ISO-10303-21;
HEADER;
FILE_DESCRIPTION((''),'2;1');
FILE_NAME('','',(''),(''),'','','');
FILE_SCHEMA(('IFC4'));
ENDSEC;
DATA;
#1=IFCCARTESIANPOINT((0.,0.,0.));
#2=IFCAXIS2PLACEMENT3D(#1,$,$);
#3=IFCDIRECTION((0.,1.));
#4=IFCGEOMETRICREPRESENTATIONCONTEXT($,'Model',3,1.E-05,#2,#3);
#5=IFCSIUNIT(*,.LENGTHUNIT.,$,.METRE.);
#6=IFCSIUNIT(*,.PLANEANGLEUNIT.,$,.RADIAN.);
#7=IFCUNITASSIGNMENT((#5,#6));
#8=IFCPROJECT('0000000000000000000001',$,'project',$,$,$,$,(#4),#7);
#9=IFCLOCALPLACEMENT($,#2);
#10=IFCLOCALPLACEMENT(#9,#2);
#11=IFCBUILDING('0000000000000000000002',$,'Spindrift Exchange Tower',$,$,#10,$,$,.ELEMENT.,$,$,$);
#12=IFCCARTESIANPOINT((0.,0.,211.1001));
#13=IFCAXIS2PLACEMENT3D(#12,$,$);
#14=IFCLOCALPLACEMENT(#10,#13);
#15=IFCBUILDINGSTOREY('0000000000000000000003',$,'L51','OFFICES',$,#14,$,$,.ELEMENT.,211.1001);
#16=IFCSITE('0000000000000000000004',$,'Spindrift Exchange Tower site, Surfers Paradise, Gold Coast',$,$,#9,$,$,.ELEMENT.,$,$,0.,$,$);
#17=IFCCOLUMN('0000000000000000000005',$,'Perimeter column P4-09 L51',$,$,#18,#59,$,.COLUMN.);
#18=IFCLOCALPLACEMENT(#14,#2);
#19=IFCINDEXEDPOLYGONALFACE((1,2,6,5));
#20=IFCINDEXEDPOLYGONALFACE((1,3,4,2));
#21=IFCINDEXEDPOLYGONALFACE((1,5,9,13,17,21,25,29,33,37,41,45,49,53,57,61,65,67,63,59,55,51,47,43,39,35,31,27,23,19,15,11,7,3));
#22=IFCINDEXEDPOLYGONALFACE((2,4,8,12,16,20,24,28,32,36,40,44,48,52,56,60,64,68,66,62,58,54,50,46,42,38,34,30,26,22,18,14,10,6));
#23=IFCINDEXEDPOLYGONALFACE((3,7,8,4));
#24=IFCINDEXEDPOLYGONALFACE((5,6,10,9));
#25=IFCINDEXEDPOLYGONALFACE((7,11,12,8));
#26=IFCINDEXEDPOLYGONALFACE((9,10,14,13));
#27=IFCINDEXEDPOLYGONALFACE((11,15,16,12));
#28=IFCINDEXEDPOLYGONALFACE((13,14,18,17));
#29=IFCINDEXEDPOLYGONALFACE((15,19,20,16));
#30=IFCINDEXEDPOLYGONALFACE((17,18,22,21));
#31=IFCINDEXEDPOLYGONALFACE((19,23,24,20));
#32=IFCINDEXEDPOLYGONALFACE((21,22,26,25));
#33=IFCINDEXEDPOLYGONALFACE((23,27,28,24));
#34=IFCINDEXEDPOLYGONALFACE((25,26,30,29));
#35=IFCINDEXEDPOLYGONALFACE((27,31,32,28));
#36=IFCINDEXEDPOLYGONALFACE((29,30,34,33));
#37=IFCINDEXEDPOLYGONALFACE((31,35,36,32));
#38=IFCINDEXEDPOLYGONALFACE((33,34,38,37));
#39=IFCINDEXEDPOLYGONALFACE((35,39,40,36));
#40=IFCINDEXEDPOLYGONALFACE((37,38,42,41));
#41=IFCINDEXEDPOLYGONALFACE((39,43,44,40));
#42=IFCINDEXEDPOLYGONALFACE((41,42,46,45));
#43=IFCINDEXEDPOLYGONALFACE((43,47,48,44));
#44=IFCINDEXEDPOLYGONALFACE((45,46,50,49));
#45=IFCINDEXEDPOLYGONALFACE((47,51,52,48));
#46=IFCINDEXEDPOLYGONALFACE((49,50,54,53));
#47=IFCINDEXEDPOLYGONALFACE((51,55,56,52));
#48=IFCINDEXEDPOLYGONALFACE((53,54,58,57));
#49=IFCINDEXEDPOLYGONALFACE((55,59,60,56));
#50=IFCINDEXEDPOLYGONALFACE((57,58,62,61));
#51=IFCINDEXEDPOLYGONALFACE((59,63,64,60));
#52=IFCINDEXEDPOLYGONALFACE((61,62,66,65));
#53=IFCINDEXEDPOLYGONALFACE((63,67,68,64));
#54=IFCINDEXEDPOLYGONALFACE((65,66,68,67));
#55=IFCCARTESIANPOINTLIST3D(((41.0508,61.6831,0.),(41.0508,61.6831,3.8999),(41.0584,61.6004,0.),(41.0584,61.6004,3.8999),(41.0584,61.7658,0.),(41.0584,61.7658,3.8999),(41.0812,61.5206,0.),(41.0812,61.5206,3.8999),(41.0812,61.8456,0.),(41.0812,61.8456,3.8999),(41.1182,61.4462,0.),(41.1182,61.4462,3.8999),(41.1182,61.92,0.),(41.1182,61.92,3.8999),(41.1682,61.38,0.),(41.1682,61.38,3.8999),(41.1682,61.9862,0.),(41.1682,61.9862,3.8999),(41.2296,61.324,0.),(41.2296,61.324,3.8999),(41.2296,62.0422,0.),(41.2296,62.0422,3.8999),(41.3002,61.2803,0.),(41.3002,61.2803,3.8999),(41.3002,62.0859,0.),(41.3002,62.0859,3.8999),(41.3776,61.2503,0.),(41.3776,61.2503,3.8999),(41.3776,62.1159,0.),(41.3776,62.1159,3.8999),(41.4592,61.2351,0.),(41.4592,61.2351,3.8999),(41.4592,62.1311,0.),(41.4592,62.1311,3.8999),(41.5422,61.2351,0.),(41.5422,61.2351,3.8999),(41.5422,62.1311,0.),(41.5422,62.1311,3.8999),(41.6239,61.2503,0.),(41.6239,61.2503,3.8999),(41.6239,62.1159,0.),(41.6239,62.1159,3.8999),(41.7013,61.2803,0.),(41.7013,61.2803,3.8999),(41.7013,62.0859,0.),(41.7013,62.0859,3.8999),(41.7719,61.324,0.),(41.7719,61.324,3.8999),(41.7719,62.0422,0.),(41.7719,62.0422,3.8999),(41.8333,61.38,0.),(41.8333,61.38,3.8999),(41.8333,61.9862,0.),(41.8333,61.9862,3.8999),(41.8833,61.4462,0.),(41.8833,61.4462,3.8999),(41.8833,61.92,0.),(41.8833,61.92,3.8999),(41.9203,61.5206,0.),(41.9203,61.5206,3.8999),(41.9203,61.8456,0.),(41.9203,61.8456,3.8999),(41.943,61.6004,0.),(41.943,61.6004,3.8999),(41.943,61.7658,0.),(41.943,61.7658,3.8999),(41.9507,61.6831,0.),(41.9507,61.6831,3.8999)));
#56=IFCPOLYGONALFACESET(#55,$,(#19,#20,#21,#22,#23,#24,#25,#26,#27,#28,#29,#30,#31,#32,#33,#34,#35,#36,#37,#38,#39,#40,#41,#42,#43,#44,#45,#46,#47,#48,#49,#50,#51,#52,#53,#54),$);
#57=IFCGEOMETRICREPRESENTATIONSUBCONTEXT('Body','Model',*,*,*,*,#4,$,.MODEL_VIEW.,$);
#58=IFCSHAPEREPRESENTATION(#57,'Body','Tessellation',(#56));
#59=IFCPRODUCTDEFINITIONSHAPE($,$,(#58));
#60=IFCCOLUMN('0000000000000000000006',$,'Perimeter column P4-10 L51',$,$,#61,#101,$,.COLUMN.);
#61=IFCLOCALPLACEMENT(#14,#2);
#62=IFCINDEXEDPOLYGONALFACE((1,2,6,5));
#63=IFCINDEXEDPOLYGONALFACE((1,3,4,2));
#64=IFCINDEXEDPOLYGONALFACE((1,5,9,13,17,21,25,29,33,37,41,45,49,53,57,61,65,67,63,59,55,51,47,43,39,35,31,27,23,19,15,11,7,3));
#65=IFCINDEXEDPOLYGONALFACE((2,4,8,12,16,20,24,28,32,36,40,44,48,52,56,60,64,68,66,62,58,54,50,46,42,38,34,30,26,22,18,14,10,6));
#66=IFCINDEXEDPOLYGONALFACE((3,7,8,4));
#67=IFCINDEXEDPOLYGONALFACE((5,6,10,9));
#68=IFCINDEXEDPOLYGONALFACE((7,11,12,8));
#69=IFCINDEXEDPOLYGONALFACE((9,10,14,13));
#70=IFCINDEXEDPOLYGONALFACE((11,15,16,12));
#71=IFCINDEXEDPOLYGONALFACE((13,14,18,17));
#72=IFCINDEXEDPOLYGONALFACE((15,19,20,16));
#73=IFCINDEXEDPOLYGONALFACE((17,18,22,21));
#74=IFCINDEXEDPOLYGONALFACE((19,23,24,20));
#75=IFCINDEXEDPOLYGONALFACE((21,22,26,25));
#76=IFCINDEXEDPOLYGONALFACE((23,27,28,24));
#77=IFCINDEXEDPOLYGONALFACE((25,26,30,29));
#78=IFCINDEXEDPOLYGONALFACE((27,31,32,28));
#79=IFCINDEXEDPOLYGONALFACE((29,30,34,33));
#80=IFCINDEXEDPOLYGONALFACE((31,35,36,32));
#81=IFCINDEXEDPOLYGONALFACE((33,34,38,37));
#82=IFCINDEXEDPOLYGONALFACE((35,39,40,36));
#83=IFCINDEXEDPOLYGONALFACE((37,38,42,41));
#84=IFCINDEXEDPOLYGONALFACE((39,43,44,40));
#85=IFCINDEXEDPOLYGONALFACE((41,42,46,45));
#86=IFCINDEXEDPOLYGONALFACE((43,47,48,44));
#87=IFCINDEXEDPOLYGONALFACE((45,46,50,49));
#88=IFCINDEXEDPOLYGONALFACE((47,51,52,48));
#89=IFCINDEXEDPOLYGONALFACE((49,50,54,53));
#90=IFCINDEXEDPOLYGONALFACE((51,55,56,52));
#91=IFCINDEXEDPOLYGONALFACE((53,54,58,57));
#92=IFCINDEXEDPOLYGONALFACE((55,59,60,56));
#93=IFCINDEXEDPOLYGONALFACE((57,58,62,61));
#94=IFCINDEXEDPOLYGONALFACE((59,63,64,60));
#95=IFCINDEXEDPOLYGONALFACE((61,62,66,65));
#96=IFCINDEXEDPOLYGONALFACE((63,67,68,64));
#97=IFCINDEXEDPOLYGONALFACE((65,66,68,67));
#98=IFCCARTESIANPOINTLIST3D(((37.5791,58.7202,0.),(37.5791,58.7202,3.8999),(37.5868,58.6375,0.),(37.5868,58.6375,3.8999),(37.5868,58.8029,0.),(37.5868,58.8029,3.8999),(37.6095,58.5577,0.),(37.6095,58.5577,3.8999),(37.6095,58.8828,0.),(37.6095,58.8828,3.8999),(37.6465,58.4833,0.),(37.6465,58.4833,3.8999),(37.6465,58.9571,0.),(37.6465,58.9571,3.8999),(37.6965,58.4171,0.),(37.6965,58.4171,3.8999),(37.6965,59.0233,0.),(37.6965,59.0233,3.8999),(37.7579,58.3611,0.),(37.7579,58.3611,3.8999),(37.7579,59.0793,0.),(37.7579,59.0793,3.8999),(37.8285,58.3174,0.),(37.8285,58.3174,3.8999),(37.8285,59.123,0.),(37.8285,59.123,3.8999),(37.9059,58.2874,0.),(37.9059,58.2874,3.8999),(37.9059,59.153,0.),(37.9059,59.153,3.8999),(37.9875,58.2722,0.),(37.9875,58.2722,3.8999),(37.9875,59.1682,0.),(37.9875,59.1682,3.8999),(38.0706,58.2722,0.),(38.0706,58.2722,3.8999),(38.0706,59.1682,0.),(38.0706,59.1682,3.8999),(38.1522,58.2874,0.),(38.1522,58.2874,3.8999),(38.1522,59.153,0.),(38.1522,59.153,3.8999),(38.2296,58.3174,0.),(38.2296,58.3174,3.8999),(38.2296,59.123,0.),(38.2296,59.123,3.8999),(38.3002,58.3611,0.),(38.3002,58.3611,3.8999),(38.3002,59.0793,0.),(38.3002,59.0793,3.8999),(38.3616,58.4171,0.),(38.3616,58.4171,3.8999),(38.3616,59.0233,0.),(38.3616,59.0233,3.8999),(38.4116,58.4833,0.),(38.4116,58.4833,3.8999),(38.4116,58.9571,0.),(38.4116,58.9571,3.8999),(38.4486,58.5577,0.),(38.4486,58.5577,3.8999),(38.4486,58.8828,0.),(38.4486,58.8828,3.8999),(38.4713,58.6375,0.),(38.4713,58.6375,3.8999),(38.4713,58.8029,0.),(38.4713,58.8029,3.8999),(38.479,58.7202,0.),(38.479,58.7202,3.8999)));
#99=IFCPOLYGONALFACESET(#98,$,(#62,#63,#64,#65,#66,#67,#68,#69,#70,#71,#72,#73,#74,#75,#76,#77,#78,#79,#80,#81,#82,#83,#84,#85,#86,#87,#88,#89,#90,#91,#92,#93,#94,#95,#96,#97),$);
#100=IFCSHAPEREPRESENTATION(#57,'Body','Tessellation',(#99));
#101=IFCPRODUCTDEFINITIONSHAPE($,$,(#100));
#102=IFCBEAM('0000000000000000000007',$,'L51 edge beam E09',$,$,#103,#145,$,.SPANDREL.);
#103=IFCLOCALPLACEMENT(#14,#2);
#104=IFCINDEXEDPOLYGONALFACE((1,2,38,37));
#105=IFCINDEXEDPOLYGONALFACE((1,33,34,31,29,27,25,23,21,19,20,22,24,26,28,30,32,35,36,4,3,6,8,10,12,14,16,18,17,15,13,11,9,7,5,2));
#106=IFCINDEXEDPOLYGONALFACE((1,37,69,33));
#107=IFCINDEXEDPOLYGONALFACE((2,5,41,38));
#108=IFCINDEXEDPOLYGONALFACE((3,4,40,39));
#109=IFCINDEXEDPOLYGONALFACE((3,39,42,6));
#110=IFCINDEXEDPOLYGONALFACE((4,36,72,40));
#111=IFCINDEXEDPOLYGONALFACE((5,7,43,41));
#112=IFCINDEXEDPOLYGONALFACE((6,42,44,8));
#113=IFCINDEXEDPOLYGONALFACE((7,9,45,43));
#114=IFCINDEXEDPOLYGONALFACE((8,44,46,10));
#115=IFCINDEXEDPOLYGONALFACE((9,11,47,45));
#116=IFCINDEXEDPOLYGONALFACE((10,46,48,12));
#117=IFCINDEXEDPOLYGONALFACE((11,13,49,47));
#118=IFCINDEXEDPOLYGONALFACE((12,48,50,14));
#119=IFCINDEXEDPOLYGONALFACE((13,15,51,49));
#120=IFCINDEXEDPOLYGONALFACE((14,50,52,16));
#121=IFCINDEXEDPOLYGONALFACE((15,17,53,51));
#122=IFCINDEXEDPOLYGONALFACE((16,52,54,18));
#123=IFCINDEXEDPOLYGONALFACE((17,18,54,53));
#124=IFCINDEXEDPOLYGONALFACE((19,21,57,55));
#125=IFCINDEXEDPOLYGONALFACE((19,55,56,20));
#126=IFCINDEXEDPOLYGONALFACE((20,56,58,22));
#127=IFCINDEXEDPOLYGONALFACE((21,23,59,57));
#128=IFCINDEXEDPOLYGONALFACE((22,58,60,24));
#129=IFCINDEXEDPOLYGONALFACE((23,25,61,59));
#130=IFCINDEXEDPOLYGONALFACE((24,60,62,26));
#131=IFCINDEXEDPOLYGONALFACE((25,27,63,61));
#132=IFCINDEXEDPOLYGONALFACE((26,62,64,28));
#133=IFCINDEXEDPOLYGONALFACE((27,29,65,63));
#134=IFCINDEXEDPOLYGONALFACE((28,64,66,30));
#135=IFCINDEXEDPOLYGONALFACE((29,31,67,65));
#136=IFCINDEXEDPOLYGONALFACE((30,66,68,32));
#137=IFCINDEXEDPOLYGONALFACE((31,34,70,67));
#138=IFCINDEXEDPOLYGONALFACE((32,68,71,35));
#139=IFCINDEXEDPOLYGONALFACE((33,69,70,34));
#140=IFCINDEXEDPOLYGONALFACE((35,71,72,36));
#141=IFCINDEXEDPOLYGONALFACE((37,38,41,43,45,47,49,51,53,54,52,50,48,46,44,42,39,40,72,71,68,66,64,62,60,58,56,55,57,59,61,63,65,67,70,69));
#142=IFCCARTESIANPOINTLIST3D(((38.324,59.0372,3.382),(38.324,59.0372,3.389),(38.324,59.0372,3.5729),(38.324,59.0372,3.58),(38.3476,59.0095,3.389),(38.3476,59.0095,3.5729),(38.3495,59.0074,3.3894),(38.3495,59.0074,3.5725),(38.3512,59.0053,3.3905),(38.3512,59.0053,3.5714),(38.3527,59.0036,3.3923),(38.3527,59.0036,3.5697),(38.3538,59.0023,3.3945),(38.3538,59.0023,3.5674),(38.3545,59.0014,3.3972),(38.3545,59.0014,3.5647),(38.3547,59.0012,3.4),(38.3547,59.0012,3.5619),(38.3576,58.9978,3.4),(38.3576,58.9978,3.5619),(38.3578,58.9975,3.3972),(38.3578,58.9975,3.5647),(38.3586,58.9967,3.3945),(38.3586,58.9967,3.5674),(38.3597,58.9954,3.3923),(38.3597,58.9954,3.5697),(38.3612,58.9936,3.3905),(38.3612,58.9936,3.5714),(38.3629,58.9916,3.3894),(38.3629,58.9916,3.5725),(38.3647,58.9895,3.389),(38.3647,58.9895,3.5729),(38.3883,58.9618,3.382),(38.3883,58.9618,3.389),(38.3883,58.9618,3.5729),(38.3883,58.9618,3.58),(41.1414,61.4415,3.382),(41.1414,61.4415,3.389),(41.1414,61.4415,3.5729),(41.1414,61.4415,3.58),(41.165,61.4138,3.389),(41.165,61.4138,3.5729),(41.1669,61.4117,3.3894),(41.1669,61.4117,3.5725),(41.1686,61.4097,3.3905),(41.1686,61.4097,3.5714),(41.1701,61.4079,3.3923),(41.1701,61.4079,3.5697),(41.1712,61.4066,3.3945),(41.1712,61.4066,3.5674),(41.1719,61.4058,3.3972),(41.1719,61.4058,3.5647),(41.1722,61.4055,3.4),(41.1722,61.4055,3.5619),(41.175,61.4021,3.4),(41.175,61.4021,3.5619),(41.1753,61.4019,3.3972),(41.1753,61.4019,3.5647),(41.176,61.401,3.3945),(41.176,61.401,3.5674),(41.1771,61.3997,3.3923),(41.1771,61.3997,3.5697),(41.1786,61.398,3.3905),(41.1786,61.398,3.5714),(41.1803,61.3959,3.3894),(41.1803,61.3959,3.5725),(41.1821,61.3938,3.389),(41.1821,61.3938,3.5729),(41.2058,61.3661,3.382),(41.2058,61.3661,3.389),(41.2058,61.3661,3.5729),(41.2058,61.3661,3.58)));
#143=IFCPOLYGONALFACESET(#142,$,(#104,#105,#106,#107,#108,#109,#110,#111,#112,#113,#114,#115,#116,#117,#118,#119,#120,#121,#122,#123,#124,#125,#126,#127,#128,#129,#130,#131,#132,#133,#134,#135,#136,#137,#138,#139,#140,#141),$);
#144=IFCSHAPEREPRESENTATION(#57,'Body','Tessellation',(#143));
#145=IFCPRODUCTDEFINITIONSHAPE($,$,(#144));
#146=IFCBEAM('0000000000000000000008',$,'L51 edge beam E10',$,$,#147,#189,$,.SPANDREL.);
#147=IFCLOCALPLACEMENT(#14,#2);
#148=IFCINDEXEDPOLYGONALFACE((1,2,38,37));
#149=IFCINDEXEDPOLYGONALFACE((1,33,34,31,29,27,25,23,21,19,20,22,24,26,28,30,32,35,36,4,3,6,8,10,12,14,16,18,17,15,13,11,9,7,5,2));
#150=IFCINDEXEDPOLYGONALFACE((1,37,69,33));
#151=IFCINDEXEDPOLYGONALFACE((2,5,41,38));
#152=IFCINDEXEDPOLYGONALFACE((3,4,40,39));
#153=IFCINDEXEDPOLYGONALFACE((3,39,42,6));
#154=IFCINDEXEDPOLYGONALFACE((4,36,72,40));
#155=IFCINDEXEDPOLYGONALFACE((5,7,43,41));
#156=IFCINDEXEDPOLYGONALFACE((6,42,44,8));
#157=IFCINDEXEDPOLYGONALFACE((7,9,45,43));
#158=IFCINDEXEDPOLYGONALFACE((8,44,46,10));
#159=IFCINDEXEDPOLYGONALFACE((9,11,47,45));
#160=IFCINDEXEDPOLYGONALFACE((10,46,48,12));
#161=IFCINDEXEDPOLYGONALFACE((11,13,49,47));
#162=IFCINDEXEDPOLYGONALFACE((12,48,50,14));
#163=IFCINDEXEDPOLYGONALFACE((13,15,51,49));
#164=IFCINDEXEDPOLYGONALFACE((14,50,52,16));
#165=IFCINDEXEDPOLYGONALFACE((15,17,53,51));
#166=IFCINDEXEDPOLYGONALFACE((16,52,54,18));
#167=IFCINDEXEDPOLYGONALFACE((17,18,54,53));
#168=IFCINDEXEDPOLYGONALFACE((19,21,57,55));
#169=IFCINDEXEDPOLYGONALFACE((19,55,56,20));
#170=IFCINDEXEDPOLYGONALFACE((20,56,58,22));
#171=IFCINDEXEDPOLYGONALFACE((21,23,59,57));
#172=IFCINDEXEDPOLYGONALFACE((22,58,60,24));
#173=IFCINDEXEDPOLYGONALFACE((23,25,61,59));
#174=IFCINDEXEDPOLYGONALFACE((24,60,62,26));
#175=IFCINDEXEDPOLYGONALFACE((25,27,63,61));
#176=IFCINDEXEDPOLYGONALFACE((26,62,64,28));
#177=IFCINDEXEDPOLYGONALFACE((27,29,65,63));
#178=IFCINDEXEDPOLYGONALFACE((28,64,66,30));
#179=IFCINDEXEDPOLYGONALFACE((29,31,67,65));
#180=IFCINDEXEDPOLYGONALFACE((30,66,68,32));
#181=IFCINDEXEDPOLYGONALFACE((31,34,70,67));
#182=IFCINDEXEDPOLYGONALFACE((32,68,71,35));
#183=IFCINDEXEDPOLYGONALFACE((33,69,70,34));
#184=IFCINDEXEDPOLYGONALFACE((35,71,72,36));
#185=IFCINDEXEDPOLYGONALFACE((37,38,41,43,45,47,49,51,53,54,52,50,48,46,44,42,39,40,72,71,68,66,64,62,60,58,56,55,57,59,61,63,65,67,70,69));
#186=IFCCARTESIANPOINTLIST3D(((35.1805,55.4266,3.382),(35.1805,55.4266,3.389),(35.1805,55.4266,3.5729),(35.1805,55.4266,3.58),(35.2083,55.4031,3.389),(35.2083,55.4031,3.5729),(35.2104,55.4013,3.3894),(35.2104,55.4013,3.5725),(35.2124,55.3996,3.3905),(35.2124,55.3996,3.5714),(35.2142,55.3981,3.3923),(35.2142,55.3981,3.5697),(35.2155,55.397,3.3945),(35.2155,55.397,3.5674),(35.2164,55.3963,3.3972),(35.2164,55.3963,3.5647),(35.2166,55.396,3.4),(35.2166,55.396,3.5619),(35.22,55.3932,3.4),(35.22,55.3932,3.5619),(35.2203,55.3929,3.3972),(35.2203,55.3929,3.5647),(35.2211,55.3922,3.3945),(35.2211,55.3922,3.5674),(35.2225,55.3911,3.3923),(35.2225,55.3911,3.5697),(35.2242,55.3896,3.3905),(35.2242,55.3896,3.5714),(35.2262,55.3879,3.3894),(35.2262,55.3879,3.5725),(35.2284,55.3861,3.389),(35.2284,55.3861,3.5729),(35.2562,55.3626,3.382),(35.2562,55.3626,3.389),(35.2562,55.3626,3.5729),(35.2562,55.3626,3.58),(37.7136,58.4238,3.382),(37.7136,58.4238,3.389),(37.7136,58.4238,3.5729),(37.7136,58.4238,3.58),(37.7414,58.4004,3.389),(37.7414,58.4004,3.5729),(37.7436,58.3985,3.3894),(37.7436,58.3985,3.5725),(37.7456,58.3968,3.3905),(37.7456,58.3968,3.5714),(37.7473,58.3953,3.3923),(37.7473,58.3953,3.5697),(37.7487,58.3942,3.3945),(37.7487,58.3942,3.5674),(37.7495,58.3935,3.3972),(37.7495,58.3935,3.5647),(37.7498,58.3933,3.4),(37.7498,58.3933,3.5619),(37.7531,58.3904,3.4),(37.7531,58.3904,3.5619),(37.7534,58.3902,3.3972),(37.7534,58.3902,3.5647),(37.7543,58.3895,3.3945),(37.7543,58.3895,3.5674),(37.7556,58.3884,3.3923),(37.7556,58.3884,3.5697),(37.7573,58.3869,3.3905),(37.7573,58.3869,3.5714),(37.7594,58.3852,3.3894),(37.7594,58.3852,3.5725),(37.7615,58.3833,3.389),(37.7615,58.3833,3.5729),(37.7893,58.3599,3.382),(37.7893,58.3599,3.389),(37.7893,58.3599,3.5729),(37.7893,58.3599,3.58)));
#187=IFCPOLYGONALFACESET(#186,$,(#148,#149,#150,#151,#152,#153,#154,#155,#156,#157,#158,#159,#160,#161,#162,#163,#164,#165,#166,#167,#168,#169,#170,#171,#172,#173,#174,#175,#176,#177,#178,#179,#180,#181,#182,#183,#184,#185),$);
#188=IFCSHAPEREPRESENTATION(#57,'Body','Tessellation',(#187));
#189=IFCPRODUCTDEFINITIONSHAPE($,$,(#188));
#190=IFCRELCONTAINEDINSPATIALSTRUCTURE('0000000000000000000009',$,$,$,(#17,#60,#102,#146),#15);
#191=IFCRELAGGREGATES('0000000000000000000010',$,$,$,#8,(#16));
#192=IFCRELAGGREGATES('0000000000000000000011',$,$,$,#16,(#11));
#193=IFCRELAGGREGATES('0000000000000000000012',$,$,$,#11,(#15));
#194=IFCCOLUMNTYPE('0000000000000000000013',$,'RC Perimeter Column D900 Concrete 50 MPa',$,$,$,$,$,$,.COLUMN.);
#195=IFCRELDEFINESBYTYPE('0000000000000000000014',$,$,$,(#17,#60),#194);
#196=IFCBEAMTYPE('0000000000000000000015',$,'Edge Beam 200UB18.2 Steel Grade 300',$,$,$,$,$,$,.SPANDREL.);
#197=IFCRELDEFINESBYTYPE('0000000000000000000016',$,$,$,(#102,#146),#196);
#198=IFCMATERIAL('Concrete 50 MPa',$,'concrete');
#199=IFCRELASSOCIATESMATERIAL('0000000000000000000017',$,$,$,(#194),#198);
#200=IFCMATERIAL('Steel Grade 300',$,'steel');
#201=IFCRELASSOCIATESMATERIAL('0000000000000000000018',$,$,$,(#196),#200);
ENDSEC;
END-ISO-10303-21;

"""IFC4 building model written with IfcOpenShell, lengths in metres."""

from ifc_helpers import new_model, si_unit, direction, frame, origin, origin_2d, place, context, subcontext, project, spatial, circle, i_section, extrude, source, transform, mapped, material, material_profile, profile_set, type_object, element, save


model = new_model("IFC4")

# Units and contexts
model_context = context("Model", 3, precision=1e-05, world=origin(), true_north=direction((0.0, 1.0)))
body_context = subcontext(model_context, "Body", "Model", "MODEL_VIEW")
ifc_project = project(units=[si_unit("LENGTHUNIT", "METRE"), si_unit("PLANEANGLEUNIT", "RADIAN")], contexts=[model_context])

# Site, building, storey
site_placement = place(None, origin())
site = spatial("IfcSite", under=ifc_project, at=site_placement, Name="Spindrift Exchange Tower site, Surfers Paradise, Gold Coast", CompositionType="ELEMENT", RefElevation=0.0)
building_placement = place(site_placement, origin())
building = spatial("IfcBuilding", under=site, at=building_placement, Name="Spindrift Exchange Tower", CompositionType="ELEMENT")
storey_placement = place(building_placement, frame((0.0, 0.0, 211.1001)))
storey = spatial("IfcBuildingStorey", under=building, at=storey_placement, Name="L51", Description="OFFICES", CompositionType="ELEMENT", Elevation=211.1001)

# Columns
ifc_material_1 = material(Name="Concrete 50 MPa", Category="concrete")
ifc_material_profile_1 = material_profile(ifc_material_1, circle(Radius=0.45, at=origin_2d()), Name="RC D900")
ifc_profile_set_1 = profile_set([ifc_material_profile_1], Name="Concrete 50 MPa")
column_type = type_object("IfcColumnType", Name="RC Perimeter Column D900 Concrete 50 MPa", PredefinedType="COLUMN", material=ifc_profile_set_1)
shared_shape_1 = source(origin(), body_context, "Body", "SweptSolid", [
    extrude(circle(Radius=0.45, at=origin_2d()), origin(), (0.0, 0.0, 1.0), 3.8999),
])
for number, where, z_axis, x_axis, name in (
    (1, (41.5007, 61.6831, 0.0), (0.0, 0.0, 1.0), (1.0, 0.0, 0.0), "Perimeter column P4-09 L51"),
    (2, (38.0291, 58.7202, 0.0), (0.0, 0.0, 1.0), (1.0, 0.0, 0.0), "Perimeter column P4-10 L51"),
):
    element("IfcColumn", number, at=place(storey_placement, frame(where, z_axis=z_axis, x_axis=x_axis)), inside=storey, type_object=column_type, Name=name, PredefinedType="COLUMN", context=body_context, shape_type="MappedRepresentation", body=[
        mapped(shared_shape_1, transform((0.0, 0.0, 0.0), scale=1.0)),
    ])

# Beams
ifc_material_2 = material(Name="Steel Grade 300", Category="steel")
ifc_material_profile_2 = material_profile(ifc_material_2, i_section(OverallWidth=0.0991, OverallDepth=0.198, WebThickness=0.0044, FlangeThickness=0.0071, FilletRadius=0.011, at=origin_2d()), Name="200UB18.2")
ifc_profile_set_2 = profile_set([ifc_material_profile_2], Name="Steel Grade 300")
beam_type_1 = type_object("IfcBeamType", Name="Edge Beam 200UB18.2 Steel Grade 300", PredefinedType="SPANDREL", material=ifc_profile_set_2)
shared_shape_2 = source(origin(), body_context, "Body", "SweptSolid", [
    extrude(i_section(OverallWidth=0.0991, OverallDepth=0.198, WebThickness=0.0044, FlangeThickness=0.0071, FilletRadius=0.011, at=origin_2d()), origin(), (0.0, 0.0, 1.0), 3.7039),
])
beam_1_placement = place(storey_placement, frame((41.1736, 61.4038, 3.481), z_axis=(-0.760669, -0.64914, 0.0), x_axis=(0.64914, -0.760669, 0.0)))
element("IfcBeam", 3, at=beam_1_placement, inside=storey, type_object=beam_type_1, Name="L51 edge beam E09", PredefinedType="SPANDREL", context=body_context, shape_type="MappedRepresentation", body=[
    mapped(shared_shape_2, transform((0.0, 0.0, 0.0), scale=1.0)),
])
shared_shape_3 = source(origin(), body_context, "Body", "SweptSolid", [
    extrude(i_section(OverallWidth=0.0991, OverallDepth=0.198, WebThickness=0.0044, FlangeThickness=0.0071, FilletRadius=0.011, at=origin_2d()), origin(), (0.0, 0.0, 1.0), 3.9243),
])
beam_2_placement = place(storey_placement, frame((37.7515, 58.3918, 3.481), z_axis=(-0.645499, -0.763761, 0.0), x_axis=(0.763761, -0.645499, 0.0)))
element("IfcBeam", 4, at=beam_2_placement, inside=storey, type_object=beam_type_1, Name="L51 edge beam E10", PredefinedType="SPANDREL", context=body_context, shape_type="MappedRepresentation", body=[
    mapped(shared_shape_3, transform((0.0, 0.0, 0.0), scale=1.0)),
])

save(model, "model.ifc")
